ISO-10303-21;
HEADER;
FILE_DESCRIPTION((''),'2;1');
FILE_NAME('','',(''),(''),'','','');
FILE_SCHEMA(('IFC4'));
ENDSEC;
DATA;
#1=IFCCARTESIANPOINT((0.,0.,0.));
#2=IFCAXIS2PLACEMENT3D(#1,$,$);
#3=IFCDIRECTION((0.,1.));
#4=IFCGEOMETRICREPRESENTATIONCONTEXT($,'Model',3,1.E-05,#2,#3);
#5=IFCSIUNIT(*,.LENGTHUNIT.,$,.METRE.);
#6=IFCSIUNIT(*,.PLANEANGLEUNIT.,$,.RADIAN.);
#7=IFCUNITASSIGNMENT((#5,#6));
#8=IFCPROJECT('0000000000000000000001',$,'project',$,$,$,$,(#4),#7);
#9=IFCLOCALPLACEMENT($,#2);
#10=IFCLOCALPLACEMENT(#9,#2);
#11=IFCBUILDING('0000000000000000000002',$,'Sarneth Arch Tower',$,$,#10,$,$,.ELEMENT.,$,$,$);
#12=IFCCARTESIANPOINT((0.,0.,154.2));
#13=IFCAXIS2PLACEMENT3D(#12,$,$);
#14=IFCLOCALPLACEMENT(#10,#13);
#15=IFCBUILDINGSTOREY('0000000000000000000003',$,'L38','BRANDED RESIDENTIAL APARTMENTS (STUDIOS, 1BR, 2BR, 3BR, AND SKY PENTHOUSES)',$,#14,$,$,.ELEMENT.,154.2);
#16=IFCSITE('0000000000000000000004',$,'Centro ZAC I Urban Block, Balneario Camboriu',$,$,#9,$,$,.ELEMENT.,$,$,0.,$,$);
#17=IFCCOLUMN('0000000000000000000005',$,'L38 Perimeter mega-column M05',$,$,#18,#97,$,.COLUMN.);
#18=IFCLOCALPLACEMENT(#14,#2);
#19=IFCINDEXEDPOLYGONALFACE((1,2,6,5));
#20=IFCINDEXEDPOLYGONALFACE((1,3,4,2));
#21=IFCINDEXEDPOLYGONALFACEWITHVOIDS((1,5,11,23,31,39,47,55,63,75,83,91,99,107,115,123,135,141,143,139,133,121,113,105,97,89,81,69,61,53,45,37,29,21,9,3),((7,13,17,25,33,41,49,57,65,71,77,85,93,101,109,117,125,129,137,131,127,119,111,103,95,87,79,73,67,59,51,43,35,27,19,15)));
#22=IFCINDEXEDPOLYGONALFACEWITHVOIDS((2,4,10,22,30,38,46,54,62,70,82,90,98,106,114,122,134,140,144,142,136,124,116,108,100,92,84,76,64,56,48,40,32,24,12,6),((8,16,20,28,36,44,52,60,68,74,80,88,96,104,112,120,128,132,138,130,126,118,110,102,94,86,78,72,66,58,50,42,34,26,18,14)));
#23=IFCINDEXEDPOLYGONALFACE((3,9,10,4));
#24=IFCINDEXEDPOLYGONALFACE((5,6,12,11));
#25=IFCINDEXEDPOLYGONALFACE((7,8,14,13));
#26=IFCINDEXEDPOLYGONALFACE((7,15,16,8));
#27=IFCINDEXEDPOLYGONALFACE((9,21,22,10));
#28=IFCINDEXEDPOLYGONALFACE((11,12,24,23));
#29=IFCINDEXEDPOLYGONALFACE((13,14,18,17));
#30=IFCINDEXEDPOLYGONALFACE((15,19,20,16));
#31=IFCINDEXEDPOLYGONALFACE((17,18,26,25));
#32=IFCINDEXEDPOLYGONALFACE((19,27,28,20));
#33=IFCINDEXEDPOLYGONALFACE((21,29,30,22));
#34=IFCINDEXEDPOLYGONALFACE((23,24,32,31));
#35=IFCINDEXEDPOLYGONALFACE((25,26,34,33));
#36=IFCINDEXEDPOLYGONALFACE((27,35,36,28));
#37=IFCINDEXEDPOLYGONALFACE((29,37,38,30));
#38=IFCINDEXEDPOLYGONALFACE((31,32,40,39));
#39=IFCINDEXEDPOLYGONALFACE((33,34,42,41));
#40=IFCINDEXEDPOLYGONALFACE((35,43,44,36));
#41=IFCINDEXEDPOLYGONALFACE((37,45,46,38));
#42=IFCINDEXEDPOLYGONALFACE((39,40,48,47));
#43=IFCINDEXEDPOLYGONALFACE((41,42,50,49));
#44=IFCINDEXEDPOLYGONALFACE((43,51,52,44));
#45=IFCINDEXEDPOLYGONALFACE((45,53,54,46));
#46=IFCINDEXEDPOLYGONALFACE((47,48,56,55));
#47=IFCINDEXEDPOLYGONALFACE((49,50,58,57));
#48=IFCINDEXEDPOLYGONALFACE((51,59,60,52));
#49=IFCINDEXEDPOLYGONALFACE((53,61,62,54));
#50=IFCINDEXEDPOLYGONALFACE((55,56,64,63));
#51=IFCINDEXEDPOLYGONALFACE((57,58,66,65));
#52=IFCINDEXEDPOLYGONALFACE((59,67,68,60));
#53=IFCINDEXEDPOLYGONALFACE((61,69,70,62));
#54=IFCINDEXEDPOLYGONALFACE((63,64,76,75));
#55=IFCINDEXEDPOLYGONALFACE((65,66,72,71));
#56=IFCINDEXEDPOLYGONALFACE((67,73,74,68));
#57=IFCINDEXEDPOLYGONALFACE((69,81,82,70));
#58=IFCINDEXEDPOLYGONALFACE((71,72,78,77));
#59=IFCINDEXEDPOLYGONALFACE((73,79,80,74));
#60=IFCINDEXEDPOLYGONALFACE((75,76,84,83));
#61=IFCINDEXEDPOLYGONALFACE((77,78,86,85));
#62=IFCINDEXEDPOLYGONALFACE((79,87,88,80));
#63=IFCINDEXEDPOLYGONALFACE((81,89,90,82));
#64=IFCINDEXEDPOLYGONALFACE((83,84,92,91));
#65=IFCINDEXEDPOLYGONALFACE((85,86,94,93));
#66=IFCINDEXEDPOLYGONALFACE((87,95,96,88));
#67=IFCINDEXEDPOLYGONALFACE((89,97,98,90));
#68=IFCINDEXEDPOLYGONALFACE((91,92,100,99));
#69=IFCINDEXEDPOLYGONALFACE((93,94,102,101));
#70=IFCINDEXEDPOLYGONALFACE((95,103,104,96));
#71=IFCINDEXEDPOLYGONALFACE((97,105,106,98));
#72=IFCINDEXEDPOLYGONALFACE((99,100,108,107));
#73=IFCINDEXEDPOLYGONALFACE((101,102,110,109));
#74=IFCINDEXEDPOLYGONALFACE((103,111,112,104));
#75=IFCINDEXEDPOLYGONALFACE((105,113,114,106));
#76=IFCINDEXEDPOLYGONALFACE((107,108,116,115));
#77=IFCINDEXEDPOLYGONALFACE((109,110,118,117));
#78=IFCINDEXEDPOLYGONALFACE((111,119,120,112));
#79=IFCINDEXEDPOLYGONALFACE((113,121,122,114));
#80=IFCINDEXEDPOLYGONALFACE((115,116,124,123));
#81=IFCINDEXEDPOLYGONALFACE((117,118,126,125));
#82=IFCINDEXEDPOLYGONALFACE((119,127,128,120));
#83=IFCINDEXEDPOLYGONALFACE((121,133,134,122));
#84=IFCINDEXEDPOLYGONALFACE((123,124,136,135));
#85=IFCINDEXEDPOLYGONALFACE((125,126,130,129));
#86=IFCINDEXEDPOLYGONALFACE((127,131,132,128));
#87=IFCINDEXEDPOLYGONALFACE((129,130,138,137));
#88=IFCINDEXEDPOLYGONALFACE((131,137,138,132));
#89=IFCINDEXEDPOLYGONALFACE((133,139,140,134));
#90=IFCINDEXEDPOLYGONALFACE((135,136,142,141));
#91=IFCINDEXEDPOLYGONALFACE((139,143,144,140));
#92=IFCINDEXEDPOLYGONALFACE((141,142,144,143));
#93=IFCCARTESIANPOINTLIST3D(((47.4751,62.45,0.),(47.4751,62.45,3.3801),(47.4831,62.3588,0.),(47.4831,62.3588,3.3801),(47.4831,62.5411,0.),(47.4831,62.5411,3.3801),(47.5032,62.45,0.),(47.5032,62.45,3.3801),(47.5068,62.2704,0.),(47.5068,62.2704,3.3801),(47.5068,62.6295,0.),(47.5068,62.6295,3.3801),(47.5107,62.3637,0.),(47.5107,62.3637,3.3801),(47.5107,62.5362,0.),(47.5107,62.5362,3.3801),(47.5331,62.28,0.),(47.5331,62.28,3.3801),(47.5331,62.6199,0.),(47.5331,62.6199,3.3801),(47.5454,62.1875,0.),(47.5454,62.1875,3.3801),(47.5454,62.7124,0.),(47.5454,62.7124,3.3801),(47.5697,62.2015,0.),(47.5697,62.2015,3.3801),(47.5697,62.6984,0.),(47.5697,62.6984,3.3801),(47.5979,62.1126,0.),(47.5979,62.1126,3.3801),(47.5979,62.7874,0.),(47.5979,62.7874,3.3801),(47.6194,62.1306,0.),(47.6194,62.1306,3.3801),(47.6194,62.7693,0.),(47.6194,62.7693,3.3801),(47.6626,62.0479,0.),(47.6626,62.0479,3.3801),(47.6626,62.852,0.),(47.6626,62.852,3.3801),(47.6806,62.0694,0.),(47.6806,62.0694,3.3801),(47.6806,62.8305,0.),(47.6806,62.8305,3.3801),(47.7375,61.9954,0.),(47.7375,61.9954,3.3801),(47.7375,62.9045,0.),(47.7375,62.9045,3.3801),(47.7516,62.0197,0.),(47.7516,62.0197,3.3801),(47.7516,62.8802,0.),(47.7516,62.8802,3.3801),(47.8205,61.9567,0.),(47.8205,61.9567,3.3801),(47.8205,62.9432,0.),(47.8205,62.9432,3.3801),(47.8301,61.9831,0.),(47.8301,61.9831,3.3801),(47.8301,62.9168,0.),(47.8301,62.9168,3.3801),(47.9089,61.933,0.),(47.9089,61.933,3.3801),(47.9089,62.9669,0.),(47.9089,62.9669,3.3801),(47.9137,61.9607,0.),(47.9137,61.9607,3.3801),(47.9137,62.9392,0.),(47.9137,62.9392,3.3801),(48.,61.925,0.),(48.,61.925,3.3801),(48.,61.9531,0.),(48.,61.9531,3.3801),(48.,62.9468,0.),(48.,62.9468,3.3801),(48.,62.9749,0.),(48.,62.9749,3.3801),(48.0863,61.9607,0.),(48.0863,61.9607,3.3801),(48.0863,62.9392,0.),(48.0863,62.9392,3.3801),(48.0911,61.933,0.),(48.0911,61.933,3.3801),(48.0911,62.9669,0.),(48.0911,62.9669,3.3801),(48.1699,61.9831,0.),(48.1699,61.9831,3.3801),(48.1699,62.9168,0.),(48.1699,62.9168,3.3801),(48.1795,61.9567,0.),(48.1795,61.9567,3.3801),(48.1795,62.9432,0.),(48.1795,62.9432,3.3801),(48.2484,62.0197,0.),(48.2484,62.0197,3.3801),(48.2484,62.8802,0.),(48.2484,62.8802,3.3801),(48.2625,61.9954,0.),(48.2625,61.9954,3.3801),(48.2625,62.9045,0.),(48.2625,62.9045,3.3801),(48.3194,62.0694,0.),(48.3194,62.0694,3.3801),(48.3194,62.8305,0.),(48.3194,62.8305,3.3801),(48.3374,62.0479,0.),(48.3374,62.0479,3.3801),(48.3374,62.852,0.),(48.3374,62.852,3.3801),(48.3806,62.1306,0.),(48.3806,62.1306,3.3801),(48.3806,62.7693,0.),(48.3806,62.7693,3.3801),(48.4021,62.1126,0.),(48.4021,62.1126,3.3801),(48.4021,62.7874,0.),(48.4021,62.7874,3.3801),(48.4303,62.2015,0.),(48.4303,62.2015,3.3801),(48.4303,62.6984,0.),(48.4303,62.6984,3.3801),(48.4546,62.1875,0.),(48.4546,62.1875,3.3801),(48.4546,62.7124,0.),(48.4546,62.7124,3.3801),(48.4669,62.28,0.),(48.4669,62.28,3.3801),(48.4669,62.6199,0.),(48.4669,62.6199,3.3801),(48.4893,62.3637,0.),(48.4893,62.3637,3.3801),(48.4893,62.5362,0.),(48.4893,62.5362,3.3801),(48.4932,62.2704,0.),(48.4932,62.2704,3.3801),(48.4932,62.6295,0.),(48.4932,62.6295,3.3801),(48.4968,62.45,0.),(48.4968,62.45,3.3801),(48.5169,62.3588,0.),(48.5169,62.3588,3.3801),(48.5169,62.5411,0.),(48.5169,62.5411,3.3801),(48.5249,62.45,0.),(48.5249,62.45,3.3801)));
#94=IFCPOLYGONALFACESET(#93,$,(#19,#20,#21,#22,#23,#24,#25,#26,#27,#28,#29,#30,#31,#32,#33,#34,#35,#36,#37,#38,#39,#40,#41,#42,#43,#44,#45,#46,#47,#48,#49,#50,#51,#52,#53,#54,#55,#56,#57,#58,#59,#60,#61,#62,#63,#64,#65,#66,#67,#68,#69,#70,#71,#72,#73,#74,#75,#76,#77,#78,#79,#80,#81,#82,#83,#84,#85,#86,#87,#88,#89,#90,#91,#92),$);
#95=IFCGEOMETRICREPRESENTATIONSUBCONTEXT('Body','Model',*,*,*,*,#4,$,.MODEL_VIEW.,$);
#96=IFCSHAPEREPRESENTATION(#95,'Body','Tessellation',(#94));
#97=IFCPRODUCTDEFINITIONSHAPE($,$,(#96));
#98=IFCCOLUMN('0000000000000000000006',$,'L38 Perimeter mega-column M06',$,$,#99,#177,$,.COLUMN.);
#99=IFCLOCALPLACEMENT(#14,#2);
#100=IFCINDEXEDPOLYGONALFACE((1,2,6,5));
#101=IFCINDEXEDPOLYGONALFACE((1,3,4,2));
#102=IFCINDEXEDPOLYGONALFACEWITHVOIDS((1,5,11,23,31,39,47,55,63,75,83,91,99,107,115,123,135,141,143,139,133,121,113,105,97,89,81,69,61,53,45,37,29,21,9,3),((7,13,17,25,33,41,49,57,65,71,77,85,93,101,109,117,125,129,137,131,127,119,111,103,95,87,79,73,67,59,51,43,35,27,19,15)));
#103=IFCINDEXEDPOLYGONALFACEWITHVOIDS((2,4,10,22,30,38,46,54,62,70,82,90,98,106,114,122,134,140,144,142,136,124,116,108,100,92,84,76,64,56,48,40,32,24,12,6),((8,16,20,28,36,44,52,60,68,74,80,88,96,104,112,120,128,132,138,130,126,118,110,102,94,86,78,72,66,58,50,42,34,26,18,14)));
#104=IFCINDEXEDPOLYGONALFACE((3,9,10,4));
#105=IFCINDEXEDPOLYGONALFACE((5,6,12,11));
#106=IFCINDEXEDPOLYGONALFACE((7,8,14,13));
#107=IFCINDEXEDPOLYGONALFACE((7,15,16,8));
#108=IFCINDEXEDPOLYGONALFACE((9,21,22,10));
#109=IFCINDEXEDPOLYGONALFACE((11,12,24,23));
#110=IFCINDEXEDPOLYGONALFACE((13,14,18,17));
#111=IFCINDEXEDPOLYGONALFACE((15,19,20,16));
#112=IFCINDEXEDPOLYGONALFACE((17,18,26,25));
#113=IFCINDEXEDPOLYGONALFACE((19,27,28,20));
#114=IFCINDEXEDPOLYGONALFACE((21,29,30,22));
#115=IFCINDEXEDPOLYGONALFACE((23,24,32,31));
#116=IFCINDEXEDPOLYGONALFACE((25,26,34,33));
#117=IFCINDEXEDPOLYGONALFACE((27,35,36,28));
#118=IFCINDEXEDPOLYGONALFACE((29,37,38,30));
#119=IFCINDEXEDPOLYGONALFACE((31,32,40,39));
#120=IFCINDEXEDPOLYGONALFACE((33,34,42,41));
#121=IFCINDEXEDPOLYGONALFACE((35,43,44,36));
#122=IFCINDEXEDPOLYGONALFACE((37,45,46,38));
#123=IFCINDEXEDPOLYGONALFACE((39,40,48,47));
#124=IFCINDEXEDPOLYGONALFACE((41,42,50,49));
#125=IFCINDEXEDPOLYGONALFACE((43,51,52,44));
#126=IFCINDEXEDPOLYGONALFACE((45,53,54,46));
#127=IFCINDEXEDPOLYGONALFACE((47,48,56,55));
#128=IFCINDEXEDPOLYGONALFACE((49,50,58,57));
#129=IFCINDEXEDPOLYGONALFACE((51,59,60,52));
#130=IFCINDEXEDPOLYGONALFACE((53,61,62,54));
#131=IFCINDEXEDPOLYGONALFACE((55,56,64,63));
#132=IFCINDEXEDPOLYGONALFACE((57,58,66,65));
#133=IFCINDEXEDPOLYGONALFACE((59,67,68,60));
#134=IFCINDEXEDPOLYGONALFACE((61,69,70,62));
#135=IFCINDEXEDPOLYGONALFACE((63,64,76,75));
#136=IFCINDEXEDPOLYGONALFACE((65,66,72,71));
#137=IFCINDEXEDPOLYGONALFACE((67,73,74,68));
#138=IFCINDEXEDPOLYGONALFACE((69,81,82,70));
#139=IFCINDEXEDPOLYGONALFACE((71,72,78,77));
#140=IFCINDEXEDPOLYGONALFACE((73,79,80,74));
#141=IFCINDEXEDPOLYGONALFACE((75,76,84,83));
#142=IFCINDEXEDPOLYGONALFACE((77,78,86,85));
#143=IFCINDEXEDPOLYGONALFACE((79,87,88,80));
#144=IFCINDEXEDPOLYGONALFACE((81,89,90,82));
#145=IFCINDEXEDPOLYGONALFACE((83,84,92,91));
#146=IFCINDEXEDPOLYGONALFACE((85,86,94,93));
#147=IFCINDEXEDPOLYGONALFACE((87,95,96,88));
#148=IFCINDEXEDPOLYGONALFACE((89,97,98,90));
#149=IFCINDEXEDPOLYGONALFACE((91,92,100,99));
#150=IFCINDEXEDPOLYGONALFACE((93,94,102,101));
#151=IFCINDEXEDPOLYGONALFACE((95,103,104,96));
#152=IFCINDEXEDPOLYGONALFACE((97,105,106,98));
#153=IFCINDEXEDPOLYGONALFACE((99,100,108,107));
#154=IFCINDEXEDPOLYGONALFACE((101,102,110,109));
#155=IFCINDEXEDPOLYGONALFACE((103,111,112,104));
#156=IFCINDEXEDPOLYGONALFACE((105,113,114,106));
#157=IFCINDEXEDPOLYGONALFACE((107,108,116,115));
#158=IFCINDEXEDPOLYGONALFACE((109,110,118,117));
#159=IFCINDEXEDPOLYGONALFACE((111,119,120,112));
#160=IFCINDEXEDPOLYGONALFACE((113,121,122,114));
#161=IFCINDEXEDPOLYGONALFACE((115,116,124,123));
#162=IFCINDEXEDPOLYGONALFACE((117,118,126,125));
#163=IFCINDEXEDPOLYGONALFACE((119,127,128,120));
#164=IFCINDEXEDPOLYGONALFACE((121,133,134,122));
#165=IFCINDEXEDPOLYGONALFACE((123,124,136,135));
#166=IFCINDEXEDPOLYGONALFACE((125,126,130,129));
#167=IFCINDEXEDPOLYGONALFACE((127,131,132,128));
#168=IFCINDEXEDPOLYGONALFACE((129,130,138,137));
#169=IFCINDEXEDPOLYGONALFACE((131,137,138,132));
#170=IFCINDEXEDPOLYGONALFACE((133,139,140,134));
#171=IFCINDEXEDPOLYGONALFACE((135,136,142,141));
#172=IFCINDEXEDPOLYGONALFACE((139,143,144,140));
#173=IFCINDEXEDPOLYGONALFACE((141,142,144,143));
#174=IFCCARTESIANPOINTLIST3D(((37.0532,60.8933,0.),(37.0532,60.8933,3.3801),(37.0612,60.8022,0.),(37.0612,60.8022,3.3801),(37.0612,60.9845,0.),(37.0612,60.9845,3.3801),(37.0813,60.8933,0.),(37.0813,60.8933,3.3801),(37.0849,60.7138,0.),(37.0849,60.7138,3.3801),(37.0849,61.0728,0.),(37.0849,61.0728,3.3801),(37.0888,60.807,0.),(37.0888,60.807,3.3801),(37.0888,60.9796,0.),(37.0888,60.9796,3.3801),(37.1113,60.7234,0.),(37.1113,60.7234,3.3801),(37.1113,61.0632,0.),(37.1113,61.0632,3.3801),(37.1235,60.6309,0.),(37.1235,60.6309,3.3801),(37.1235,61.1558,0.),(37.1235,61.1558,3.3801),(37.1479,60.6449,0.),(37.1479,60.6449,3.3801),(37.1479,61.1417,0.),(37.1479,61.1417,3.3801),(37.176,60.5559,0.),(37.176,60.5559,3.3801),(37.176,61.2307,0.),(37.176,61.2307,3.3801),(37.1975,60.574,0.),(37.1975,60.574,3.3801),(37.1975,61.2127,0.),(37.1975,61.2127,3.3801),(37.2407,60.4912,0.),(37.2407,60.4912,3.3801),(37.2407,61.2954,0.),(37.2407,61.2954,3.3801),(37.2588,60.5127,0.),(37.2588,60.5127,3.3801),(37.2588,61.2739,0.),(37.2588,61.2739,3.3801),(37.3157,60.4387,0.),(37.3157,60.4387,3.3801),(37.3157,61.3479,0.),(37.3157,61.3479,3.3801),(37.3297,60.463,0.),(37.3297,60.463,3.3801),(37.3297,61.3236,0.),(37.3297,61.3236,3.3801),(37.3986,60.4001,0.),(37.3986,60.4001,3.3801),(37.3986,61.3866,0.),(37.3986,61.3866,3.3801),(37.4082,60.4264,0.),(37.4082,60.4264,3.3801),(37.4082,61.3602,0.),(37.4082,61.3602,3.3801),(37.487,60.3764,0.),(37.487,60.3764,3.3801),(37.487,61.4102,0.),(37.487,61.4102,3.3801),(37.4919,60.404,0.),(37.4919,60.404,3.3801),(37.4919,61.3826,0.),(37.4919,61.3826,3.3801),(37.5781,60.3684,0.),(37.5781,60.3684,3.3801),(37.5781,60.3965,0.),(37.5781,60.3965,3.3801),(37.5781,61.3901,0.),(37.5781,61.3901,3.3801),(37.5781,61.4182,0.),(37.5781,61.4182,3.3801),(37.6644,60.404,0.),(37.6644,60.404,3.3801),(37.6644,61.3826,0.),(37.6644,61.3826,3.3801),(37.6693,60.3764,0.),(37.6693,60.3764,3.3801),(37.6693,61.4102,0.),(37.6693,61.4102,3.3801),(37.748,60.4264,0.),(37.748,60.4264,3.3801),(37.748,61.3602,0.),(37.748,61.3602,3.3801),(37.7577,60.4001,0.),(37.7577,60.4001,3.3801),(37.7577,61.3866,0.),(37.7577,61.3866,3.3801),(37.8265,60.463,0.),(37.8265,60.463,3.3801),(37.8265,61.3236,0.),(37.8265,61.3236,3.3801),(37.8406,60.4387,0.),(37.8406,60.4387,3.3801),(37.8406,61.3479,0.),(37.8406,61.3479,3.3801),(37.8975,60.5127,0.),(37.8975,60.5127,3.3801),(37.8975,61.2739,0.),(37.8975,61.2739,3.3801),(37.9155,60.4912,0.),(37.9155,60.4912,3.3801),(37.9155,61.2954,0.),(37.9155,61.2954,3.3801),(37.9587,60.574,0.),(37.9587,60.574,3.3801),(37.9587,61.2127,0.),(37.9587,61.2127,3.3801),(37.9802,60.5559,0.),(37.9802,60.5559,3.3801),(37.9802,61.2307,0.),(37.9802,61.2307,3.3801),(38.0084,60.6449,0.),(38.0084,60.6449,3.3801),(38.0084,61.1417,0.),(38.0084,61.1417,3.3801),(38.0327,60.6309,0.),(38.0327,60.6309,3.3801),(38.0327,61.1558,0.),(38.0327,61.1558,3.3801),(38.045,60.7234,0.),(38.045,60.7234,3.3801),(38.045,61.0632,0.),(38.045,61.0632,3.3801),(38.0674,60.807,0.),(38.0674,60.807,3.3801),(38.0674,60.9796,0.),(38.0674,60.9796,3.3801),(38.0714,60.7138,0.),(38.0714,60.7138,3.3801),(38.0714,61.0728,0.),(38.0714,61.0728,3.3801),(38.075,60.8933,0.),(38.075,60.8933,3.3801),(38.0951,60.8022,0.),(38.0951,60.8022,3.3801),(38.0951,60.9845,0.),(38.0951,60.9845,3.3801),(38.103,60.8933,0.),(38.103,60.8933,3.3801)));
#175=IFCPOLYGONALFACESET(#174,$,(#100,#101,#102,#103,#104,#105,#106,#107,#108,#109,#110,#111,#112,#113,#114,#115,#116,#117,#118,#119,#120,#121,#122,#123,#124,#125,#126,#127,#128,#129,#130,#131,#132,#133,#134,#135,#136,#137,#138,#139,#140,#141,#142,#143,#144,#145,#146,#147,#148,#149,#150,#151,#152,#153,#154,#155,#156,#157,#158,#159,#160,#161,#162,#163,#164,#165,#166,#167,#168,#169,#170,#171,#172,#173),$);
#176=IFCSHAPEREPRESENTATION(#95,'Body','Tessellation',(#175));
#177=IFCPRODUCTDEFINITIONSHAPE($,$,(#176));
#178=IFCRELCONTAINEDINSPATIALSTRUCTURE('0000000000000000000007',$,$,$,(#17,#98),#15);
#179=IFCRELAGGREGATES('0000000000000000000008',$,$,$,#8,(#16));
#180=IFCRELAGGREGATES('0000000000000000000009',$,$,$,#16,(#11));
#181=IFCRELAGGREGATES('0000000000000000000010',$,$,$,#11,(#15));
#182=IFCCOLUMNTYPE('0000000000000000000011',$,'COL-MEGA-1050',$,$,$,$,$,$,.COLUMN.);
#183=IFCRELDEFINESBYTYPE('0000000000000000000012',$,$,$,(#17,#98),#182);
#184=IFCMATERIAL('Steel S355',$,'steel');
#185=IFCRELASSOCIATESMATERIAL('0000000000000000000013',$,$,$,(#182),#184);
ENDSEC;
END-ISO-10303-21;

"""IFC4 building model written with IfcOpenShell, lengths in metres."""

from ifc_helpers import new_model, si_unit, direction, frame, origin, origin_2d, place, context, subcontext, project, spatial, hollow_circle, extrude, material, material_profile, profile_set, type_object, element, save


model = new_model("IFC4")

# Units and contexts
model_context = context("Model", 3, precision=1e-05, world=origin(), true_north=direction((0.0, 1.0)))
body_context = subcontext(model_context, "Body", "Model", "MODEL_VIEW")
ifc_project = project(units=[si_unit("LENGTHUNIT", "METRE"), si_unit("PLANEANGLEUNIT", "RADIAN")], contexts=[model_context])

# Site, building, storey
site_placement = place(None, origin())
site = spatial("IfcSite", under=ifc_project, at=site_placement, Name="Centro ZAC I Urban Block, Balneario Camboriu", CompositionType="ELEMENT", RefElevation=0.0)
building_placement = place(site_placement, origin())
building = spatial("IfcBuilding", under=site, at=building_placement, Name="Sarneth Arch Tower", CompositionType="ELEMENT")
storey_placement = place(building_placement, frame((0.0, 0.0, 154.2)))
storey = spatial("IfcBuildingStorey", under=building, at=storey_placement, Name="L38", Description="BRANDED RESIDENTIAL APARTMENTS (STUDIOS, 1BR, 2BR, 3BR, AND SKY PENTHOUSES)", CompositionType="ELEMENT", Elevation=154.2)

# Columns
ifc_material_1 = material(Name="Steel S355", Category="steel")
ifc_material_profile_1 = material_profile(ifc_material_1, hollow_circle(Radius=0.5249, WallThickness=0.0281, at=origin_2d()), Name="CHS1050x28")
ifc_profile_set_1 = profile_set([ifc_material_profile_1], Name="Steel S355")
column_type = type_object("IfcColumnType", Name="COL-MEGA-1050", PredefinedType="COLUMN", material=ifc_profile_set_1)
for number, where, z_axis, x_axis, name in (
    (1, (48.0, 62.45, 0.0), (0.0, 0.0, 1.0), (1.0, 0.0, 0.0), "L38 Perimeter mega-column M05"),
    (2, (37.5781, 60.8933, 0.0), (0.0, 0.0, 1.0), (1.0, 0.0, 0.0), "L38 Perimeter mega-column M06"),
):
    element("IfcColumn", number, at=place(storey_placement, frame(where, z_axis=z_axis, x_axis=x_axis)), inside=storey, type_object=column_type, Name=name, PredefinedType="COLUMN", context=body_context, shape_type="SweptSolid", body=[
        extrude(hollow_circle(Radius=0.5249, WallThickness=0.0281, at=origin_2d()), origin(), (0.0, 0.0, 1.0), 3.3801),
    ])

save(model, "model.ifc")
